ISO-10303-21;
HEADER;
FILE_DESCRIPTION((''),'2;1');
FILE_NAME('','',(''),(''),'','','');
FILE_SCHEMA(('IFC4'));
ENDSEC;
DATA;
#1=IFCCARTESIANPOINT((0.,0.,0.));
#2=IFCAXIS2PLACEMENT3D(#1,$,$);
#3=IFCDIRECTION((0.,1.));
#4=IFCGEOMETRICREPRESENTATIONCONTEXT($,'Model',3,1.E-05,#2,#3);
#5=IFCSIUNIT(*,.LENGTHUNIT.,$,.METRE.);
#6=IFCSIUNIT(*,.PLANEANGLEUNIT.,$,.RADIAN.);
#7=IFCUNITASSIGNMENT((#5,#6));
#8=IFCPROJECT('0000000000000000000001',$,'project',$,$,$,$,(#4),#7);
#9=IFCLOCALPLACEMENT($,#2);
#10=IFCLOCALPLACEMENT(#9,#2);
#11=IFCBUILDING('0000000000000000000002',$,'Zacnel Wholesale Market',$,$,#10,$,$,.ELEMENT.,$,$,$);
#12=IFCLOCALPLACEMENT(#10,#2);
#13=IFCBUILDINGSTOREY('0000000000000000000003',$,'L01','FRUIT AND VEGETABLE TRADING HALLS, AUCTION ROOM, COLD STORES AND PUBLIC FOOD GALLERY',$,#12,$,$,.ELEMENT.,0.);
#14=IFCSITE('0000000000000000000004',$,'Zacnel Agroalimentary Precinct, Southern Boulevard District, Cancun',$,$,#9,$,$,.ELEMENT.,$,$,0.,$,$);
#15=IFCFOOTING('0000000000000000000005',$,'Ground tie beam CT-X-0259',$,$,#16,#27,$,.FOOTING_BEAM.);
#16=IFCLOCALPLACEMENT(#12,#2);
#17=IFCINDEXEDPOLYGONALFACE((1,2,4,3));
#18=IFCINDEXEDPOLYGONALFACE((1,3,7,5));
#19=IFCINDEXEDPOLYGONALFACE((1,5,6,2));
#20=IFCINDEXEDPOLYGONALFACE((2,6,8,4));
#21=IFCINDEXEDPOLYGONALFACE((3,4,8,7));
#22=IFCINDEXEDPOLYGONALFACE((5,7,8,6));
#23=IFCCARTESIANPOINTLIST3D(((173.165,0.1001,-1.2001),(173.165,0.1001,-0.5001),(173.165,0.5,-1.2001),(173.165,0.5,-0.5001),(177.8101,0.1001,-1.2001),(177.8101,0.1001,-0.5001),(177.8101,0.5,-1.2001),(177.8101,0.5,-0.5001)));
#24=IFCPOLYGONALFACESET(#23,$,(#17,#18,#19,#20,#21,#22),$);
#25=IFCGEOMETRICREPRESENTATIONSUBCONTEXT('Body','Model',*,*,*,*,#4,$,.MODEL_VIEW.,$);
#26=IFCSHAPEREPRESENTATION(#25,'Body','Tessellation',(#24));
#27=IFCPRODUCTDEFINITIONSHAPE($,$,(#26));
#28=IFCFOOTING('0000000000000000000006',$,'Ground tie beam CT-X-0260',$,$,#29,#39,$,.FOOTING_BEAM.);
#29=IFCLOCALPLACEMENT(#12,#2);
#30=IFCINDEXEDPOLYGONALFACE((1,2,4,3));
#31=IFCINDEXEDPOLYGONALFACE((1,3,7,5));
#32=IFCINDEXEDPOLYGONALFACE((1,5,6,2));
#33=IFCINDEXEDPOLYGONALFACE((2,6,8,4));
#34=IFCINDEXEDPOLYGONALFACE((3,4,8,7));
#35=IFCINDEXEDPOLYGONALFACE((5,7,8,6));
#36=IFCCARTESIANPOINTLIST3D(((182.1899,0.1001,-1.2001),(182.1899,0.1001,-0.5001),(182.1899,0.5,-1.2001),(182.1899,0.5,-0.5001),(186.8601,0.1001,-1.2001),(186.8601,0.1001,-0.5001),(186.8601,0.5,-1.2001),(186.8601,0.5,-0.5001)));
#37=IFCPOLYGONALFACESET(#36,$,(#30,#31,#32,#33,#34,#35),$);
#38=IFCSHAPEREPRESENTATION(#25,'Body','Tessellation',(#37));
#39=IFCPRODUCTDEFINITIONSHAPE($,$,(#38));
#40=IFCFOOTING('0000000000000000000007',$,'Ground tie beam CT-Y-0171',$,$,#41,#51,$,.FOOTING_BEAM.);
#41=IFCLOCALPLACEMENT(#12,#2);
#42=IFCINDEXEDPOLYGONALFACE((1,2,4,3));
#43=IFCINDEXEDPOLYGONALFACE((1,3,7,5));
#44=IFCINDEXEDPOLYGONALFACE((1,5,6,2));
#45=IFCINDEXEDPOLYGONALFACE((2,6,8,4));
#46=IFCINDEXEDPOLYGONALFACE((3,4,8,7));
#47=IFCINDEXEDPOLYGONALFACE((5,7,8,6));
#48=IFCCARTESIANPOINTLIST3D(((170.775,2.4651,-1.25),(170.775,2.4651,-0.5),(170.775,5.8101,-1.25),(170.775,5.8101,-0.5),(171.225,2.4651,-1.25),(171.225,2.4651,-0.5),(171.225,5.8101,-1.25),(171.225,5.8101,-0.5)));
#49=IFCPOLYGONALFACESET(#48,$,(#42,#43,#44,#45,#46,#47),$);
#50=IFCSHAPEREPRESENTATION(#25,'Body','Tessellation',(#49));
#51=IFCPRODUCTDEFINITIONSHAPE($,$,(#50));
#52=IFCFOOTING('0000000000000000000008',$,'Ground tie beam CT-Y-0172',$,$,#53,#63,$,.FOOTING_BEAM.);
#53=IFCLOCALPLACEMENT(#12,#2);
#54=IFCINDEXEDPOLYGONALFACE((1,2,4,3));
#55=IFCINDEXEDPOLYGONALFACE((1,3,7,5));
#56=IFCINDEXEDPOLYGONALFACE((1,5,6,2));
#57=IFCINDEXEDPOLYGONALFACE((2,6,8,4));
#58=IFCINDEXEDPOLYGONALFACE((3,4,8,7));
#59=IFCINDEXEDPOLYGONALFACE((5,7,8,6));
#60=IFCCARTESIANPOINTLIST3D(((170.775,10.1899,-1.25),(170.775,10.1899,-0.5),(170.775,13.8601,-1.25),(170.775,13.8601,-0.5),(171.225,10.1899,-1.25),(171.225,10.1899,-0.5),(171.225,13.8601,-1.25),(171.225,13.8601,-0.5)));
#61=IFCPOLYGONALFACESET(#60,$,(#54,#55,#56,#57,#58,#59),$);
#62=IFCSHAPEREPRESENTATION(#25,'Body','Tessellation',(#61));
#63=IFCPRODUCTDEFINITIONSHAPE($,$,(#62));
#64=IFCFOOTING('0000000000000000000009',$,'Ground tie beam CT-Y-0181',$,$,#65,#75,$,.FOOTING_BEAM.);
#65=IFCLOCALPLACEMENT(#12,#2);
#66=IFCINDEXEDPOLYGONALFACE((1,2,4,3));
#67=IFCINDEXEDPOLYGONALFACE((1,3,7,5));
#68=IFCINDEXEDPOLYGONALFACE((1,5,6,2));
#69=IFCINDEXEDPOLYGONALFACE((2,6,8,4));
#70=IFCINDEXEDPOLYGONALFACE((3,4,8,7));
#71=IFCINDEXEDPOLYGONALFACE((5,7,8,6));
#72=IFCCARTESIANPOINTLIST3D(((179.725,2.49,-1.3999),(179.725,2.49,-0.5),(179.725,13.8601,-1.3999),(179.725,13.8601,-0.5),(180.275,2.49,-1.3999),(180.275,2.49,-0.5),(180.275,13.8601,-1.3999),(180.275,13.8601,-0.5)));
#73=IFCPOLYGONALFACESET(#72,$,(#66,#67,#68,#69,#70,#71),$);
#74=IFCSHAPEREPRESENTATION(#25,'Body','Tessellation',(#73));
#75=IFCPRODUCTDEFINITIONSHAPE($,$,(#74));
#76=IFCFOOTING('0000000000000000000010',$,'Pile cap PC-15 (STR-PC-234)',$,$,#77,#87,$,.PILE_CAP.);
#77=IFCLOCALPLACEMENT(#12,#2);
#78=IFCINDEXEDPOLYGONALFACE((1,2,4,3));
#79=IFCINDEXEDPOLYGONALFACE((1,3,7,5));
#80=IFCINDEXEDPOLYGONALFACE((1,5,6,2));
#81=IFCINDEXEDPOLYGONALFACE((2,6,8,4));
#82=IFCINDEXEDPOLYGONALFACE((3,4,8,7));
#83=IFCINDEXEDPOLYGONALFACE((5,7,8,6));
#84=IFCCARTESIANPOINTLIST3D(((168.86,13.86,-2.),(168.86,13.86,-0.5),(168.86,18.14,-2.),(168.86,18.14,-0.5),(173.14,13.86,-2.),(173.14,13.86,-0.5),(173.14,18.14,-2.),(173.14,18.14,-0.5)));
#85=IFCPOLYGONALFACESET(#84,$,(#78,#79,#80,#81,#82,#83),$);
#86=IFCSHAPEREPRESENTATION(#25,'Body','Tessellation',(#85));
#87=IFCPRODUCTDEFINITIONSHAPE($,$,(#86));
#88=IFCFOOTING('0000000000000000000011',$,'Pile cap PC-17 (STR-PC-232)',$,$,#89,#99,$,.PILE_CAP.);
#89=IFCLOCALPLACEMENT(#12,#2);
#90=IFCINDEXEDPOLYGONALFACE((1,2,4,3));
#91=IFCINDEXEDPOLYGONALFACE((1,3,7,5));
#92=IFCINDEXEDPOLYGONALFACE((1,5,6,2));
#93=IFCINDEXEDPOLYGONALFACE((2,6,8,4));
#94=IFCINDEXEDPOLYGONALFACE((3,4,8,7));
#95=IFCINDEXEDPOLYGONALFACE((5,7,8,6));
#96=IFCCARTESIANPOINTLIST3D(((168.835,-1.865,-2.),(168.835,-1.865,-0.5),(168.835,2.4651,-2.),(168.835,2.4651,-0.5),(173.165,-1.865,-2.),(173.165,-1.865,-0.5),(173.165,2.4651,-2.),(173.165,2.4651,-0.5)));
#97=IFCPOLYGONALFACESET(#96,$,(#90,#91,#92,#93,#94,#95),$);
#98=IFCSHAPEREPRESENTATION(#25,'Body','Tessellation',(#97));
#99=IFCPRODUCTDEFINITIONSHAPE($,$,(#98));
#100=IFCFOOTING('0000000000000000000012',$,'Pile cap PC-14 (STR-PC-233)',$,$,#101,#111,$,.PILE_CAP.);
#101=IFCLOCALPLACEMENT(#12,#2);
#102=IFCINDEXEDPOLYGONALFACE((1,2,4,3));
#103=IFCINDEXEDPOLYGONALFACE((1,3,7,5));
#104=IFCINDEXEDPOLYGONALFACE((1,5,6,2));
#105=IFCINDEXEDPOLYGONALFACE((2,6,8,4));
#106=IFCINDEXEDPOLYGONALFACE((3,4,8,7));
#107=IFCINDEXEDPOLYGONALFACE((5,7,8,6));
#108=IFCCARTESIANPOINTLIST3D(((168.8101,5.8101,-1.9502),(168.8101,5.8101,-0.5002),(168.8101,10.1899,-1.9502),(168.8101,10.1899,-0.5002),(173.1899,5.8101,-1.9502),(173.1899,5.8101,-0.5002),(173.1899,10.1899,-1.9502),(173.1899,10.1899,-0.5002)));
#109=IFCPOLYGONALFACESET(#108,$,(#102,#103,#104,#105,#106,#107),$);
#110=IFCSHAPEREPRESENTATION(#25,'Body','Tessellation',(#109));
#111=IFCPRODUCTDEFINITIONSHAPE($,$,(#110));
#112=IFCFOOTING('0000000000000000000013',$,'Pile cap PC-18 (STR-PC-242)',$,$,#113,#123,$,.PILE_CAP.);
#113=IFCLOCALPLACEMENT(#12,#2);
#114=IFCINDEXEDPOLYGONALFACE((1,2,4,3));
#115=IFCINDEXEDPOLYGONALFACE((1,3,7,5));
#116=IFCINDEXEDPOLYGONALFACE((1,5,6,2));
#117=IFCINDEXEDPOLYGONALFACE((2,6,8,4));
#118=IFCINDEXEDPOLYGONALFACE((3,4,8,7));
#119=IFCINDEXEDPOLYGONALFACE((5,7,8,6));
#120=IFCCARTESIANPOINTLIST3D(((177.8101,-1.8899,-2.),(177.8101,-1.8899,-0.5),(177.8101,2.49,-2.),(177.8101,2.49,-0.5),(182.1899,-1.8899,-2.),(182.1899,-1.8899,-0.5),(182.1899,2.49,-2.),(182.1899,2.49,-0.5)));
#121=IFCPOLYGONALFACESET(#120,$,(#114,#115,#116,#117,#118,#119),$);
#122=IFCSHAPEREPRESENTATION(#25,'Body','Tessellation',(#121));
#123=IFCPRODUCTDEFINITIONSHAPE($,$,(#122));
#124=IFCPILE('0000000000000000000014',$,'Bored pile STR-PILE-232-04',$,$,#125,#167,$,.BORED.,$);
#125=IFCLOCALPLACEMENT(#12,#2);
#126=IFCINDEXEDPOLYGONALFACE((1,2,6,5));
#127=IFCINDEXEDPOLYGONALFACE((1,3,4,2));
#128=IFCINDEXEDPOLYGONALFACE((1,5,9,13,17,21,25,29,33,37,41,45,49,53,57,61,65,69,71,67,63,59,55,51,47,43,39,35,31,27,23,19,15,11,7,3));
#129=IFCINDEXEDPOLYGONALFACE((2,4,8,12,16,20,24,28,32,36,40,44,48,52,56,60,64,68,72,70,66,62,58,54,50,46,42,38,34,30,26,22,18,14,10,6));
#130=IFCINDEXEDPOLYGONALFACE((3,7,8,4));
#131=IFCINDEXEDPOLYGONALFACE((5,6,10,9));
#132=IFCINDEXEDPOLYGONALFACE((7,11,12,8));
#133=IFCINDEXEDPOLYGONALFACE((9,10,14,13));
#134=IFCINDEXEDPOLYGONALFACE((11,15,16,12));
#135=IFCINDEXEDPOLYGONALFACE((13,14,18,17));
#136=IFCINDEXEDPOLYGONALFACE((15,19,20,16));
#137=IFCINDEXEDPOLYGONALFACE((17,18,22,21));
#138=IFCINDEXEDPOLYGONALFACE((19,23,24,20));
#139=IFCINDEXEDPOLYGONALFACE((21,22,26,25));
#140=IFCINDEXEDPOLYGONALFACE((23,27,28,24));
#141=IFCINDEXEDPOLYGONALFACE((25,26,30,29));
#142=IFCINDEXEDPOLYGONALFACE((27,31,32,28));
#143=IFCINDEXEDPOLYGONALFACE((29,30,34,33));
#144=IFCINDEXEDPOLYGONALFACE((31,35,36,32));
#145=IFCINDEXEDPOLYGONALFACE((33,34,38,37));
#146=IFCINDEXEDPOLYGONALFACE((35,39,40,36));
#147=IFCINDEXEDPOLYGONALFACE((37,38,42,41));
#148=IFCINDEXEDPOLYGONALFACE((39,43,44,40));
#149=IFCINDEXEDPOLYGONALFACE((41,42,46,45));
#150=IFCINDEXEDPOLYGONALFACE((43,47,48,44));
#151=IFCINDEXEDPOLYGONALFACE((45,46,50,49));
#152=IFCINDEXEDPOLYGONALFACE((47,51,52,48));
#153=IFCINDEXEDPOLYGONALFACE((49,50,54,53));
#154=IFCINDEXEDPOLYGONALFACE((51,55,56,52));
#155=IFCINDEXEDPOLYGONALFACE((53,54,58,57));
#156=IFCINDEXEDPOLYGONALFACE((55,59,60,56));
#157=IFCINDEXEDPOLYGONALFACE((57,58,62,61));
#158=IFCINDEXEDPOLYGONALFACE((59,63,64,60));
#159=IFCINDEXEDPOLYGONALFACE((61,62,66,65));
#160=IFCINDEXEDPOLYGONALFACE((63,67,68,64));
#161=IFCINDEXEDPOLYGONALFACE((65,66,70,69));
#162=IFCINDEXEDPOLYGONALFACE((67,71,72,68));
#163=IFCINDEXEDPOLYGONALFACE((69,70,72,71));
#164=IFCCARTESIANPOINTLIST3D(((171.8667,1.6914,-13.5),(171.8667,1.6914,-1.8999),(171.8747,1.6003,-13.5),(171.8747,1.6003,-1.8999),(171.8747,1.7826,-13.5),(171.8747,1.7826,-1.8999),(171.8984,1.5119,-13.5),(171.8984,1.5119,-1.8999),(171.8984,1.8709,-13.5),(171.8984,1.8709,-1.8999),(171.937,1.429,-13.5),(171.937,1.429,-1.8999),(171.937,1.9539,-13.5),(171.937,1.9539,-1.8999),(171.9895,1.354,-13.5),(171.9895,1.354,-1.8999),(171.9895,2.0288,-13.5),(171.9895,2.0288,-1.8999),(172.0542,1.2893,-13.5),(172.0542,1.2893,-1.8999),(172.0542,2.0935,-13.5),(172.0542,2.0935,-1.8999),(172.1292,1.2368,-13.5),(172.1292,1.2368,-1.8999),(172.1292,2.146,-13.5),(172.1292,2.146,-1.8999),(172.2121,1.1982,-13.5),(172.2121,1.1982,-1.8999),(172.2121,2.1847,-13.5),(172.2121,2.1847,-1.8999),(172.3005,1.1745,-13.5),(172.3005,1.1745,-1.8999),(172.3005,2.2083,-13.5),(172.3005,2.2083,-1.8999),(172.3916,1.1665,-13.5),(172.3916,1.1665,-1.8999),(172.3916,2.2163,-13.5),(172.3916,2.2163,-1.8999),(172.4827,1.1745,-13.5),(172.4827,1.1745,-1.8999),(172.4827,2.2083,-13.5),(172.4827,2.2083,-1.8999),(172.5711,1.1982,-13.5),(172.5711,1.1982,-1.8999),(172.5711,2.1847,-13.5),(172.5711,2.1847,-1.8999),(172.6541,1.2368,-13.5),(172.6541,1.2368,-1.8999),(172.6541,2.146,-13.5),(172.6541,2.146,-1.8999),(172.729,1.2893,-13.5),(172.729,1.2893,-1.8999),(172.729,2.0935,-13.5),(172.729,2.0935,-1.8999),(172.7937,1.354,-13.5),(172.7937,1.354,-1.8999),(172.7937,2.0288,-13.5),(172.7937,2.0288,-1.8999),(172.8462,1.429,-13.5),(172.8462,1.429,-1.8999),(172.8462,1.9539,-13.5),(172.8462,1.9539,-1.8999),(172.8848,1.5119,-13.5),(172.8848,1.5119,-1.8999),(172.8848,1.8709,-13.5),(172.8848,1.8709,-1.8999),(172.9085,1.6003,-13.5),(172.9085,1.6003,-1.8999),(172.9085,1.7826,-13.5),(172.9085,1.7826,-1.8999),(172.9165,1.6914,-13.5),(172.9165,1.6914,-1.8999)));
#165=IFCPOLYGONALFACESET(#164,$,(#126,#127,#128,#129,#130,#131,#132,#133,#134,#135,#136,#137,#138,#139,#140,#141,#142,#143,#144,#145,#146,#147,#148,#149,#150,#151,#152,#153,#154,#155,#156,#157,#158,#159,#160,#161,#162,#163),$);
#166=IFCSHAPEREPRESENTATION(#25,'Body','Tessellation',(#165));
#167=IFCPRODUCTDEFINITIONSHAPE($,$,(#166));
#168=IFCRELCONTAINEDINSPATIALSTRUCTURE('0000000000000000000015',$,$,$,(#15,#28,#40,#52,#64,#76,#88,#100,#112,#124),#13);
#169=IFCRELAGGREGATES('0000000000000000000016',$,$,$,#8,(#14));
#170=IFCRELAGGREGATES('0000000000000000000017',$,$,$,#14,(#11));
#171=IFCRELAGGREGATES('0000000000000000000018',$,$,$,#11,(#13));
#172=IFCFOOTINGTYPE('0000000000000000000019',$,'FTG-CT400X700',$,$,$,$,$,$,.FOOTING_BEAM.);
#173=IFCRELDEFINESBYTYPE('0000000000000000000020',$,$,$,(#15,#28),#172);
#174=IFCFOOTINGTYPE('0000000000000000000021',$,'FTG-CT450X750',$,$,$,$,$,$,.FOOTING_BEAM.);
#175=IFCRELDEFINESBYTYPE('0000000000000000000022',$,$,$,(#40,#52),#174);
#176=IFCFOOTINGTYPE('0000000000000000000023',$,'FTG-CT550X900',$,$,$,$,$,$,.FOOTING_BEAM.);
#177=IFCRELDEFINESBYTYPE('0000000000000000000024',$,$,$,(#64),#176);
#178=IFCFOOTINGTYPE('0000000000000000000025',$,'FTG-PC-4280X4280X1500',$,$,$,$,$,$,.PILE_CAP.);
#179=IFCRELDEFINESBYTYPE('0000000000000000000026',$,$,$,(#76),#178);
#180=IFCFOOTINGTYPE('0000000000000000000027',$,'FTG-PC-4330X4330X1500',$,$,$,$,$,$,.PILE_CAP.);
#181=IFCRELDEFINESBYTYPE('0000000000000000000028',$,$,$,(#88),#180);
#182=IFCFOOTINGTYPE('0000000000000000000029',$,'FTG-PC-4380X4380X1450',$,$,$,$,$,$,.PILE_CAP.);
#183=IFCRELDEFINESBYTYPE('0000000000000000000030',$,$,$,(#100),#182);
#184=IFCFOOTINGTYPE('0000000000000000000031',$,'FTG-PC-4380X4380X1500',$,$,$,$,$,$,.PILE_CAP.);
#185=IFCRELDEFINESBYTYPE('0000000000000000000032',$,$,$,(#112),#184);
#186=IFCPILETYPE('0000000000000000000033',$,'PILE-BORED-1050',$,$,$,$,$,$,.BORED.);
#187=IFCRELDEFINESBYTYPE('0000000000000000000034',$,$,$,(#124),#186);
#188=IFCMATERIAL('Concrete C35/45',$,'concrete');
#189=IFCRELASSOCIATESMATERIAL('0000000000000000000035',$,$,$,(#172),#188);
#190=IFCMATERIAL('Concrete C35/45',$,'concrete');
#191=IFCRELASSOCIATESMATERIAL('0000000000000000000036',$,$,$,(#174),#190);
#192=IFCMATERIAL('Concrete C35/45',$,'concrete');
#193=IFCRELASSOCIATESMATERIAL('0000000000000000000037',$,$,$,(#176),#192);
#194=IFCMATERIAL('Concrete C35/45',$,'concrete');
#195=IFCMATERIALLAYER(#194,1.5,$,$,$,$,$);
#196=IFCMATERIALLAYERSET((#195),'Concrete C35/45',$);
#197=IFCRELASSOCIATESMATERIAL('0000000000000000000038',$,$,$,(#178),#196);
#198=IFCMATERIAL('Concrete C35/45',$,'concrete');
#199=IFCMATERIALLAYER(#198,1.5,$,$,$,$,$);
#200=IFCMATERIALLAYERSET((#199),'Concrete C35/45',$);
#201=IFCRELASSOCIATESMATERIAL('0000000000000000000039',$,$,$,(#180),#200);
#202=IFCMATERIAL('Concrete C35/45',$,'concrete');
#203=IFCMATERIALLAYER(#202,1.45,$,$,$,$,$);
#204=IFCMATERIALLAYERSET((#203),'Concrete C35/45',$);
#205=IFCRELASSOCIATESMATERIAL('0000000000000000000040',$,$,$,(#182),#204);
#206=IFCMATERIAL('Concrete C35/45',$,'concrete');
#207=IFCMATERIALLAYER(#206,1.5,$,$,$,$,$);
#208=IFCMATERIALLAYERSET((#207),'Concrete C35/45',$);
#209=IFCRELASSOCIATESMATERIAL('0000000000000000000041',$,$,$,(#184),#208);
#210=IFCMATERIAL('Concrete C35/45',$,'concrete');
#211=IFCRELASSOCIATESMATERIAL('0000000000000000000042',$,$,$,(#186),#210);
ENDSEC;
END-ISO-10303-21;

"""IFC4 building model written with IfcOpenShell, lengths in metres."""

from ifc_helpers import new_model, si_unit, direction, frame, origin, origin_2d, place, context, subcontext, project, spatial, rectangle, circle, extrude, material, layer, layer_set, material_profile, profile_set, type_object, element, save


model = new_model("IFC4")

# Units and contexts
model_context = context("Model", 3, precision=1e-05, world=origin(), true_north=direction((0.0, 1.0)))
body_context = subcontext(model_context, "Body", "Model", "MODEL_VIEW")
ifc_project = project(units=[si_unit("LENGTHUNIT", "METRE"), si_unit("PLANEANGLEUNIT", "RADIAN")], contexts=[model_context])

# Site, building, storey
site_placement = place(None, origin())
site = spatial("IfcSite", under=ifc_project, at=site_placement, Name="Zacnel Agroalimentary Precinct, Southern Boulevard District, Cancun", CompositionType="ELEMENT", RefElevation=0.0)
building_placement = place(site_placement, origin())
building = spatial("IfcBuilding", under=site, at=building_placement, Name="Zacnel Wholesale Market", CompositionType="ELEMENT")
storey_placement = place(building_placement, origin())
storey = spatial("IfcBuildingStorey", under=building, at=storey_placement, Name="L01", Description="FRUIT AND VEGETABLE TRADING HALLS, AUCTION ROOM, COLD STORES AND PUBLIC FOOD GALLERY", CompositionType="ELEMENT", Elevation=0.0)

# Footings
ifc_material_1 = material(Name="Concrete C35/45", Category="concrete")
ifc_material_profile_1 = material_profile(ifc_material_1, rectangle(XDim=0.3999, YDim=0.7, at=origin_2d()), Name="CT 400x700")
ifc_profile_set_1 = profile_set([ifc_material_profile_1], Name="Concrete C35/45")
footing_type_1 = type_object("IfcFootingType", Name="FTG-CT400X700", PredefinedType="FOOTING_BEAM", material=ifc_profile_set_1)
footing_1_placement = place(storey_placement, frame((173.165, 0.3, -0.8501), z_axis=(1.0, 0.0, 0.0), x_axis=(0.0, 1.0, 0.0)))
element("IfcFooting", 1, at=footing_1_placement, inside=storey, type_object=footing_type_1, Name="Ground tie beam CT-X-0259", PredefinedType="FOOTING_BEAM", context=body_context, shape_type="SweptSolid", body=[
    extrude(rectangle(XDim=0.3999, YDim=0.7, at=origin_2d()), origin(), (0.0, 0.0, 1.0), 4.645),
])
footing_2_placement = place(storey_placement, frame((182.1899, 0.3, -0.8501), z_axis=(1.0, 0.0, 0.0), x_axis=(0.0, 1.0, 0.0)))
element("IfcFooting", 2, at=footing_2_placement, inside=storey, type_object=footing_type_1, Name="Ground tie beam CT-X-0260", PredefinedType="FOOTING_BEAM", context=body_context, shape_type="SweptSolid", body=[
    extrude(rectangle(XDim=0.3999, YDim=0.7, at=origin_2d()), origin(), (0.0, 0.0, 1.0), 4.6702),
])
ifc_material_2 = material(Name="Concrete C35/45", Category="concrete")
ifc_material_profile_2 = material_profile(ifc_material_2, rectangle(XDim=0.45, YDim=0.75, at=origin_2d()), Name="CT 450x750")
ifc_profile_set_2 = profile_set([ifc_material_profile_2], Name="Concrete C35/45")
footing_type_2 = type_object("IfcFootingType", Name="FTG-CT450X750", PredefinedType="FOOTING_BEAM", material=ifc_profile_set_2)
footing_3_placement = place(storey_placement, frame((171.0, 2.4651, -0.875), z_axis=(0.0, 1.0, 0.0), x_axis=(-1.0, 0.0, 0.0)))
element("IfcFooting", 3, at=footing_3_placement, inside=storey, type_object=footing_type_2, Name="Ground tie beam CT-Y-0171", PredefinedType="FOOTING_BEAM", context=body_context, shape_type="SweptSolid", body=[
    extrude(rectangle(XDim=0.45, YDim=0.75, at=origin_2d()), origin(), (0.0, 0.0, 1.0), 3.345),
])
footing_4_placement = place(storey_placement, frame((171.0, 10.1899, -0.875), z_axis=(0.0, 1.0, 0.0), x_axis=(-1.0, 0.0, 0.0)))
element("IfcFooting", 4, at=footing_4_placement, inside=storey, type_object=footing_type_2, Name="Ground tie beam CT-Y-0172", PredefinedType="FOOTING_BEAM", context=body_context, shape_type="SweptSolid", body=[
    extrude(rectangle(XDim=0.45, YDim=0.75, at=origin_2d()), origin(), (0.0, 0.0, 1.0), 3.6702),
])
ifc_material_3 = material(Name="Concrete C35/45", Category="concrete")
ifc_material_profile_3 = material_profile(ifc_material_3, rectangle(XDim=0.55, YDim=0.8999, at=origin_2d()), Name="CT 550x900")
ifc_profile_set_3 = profile_set([ifc_material_profile_3], Name="Concrete C35/45")
footing_type_3 = type_object("IfcFootingType", Name="FTG-CT550X900", PredefinedType="FOOTING_BEAM", material=ifc_profile_set_3)
footing_5_placement = place(storey_placement, frame((180.0, 2.49, -0.95), z_axis=(0.0, 1.0, 0.0), x_axis=(-1.0, 0.0, 0.0)))
element("IfcFooting", 5, at=footing_5_placement, inside=storey, type_object=footing_type_3, Name="Ground tie beam CT-Y-0181", PredefinedType="FOOTING_BEAM", context=body_context, shape_type="SweptSolid", body=[
    extrude(rectangle(XDim=0.55, YDim=0.8999, at=origin_2d()), origin(), (0.0, 0.0, 1.0), 11.3701),
])
ifc_material_4 = material(Name="Concrete C35/45", Category="concrete")
ifc_layer_1 = layer(ifc_material_4, 1.5)
ifc_layer_set_1 = layer_set([ifc_layer_1], Name="Concrete C35/45")
footing_type_4 = type_object("IfcFootingType", Name="FTG-PC-4280X4280X1500", PredefinedType="PILE_CAP", material=ifc_layer_set_1)
footing_6_placement = place(storey_placement, frame((171.0, 16.0, -2.0), z_axis=(0.0, 0.0, 1.0), x_axis=(1.0, 0.0, 0.0)))
element("IfcFooting", 6, at=footing_6_placement, inside=storey, type_object=footing_type_4, Name="Pile cap PC-15 (STR-PC-234)", PredefinedType="PILE_CAP", context=body_context, shape_type="SweptSolid", body=[
    extrude(rectangle(XDim=4.28, YDim=4.28, at=origin_2d()), origin(), (0.0, 0.0, 1.0), 1.5),
])
ifc_material_5 = material(Name="Concrete C35/45", Category="concrete")
ifc_layer_2 = layer(ifc_material_5, 1.5)
ifc_layer_set_2 = layer_set([ifc_layer_2], Name="Concrete C35/45")
footing_type_5 = type_object("IfcFootingType", Name="FTG-PC-4330X4330X1500", PredefinedType="PILE_CAP", material=ifc_layer_set_2)
footing_7_placement = place(storey_placement, frame((171.0, 0.3, -2.0), z_axis=(0.0, 0.0, 1.0), x_axis=(1.0, 0.0, 0.0)))
element("IfcFooting", 7, at=footing_7_placement, inside=storey, type_object=footing_type_5, Name="Pile cap PC-17 (STR-PC-232)", PredefinedType="PILE_CAP", context=body_context, shape_type="SweptSolid", body=[
    extrude(rectangle(XDim=4.3301, YDim=4.3301, at=origin_2d()), origin(), (0.0, 0.0, 1.0), 1.5),
])
ifc_material_6 = material(Name="Concrete C35/45", Category="concrete")
ifc_layer_3 = layer(ifc_material_6, 1.45)
ifc_layer_set_3 = layer_set([ifc_layer_3], Name="Concrete C35/45")
footing_type_6 = type_object("IfcFootingType", Name="FTG-PC-4380X4380X1450", PredefinedType="PILE_CAP", material=ifc_layer_set_3)
footing_8_placement = place(storey_placement, frame((171.0, 8.0, -1.9502), z_axis=(0.0, 0.0, 1.0), x_axis=(1.0, 0.0, 0.0)))
element("IfcFooting", 8, at=footing_8_placement, inside=storey, type_object=footing_type_6, Name="Pile cap PC-14 (STR-PC-233)", PredefinedType="PILE_CAP", context=body_context, shape_type="SweptSolid", body=[
    extrude(rectangle(XDim=4.3799, YDim=4.3799, at=origin_2d()), origin(), (0.0, 0.0, 1.0), 1.45),
])
ifc_material_7 = material(Name="Concrete C35/45", Category="concrete")
ifc_layer_4 = layer(ifc_material_7, 1.5)
ifc_layer_set_4 = layer_set([ifc_layer_4], Name="Concrete C35/45")
footing_type_7 = type_object("IfcFootingType", Name="FTG-PC-4380X4380X1500", PredefinedType="PILE_CAP", material=ifc_layer_set_4)
footing_9_placement = place(storey_placement, frame((180.0, 0.3, -2.0), z_axis=(0.0, 0.0, 1.0), x_axis=(1.0, 0.0, 0.0)))
element("IfcFooting", 9, at=footing_9_placement, inside=storey, type_object=footing_type_7, Name="Pile cap PC-18 (STR-PC-242)", PredefinedType="PILE_CAP", context=body_context, shape_type="SweptSolid", body=[
    extrude(rectangle(XDim=4.3799, YDim=4.3799, at=origin_2d()), origin(), (0.0, 0.0, 1.0), 1.5),
])

# Pile
ifc_material_8 = material(Name="Concrete C35/45", Category="concrete")
ifc_material_profile_4 = material_profile(ifc_material_8, circle(Radius=0.5249, at=origin_2d()), Name="BORED PILE D1050")
ifc_profile_set_4 = profile_set([ifc_material_profile_4], Name="Concrete C35/45")
pile_type = type_object("IfcPileType", Name="PILE-BORED-1050", PredefinedType="BORED", material=ifc_profile_set_4)
pile_1_placement = place(storey_placement, frame((172.3916, 1.6914, -1.8999), z_axis=(0.0, 0.0, -1.0), x_axis=(1.0, 0.0, 0.0)))
element("IfcPile", 10, at=pile_1_placement, inside=storey, type_object=pile_type, Name="Bored pile STR-PILE-232-04", PredefinedType="BORED", context=body_context, shape_type="SweptSolid", body=[
    extrude(circle(Radius=0.5249, at=origin_2d()), origin(), (0.0, 0.0, 1.0), 11.6001),
])

save(model, "model.ifc")
